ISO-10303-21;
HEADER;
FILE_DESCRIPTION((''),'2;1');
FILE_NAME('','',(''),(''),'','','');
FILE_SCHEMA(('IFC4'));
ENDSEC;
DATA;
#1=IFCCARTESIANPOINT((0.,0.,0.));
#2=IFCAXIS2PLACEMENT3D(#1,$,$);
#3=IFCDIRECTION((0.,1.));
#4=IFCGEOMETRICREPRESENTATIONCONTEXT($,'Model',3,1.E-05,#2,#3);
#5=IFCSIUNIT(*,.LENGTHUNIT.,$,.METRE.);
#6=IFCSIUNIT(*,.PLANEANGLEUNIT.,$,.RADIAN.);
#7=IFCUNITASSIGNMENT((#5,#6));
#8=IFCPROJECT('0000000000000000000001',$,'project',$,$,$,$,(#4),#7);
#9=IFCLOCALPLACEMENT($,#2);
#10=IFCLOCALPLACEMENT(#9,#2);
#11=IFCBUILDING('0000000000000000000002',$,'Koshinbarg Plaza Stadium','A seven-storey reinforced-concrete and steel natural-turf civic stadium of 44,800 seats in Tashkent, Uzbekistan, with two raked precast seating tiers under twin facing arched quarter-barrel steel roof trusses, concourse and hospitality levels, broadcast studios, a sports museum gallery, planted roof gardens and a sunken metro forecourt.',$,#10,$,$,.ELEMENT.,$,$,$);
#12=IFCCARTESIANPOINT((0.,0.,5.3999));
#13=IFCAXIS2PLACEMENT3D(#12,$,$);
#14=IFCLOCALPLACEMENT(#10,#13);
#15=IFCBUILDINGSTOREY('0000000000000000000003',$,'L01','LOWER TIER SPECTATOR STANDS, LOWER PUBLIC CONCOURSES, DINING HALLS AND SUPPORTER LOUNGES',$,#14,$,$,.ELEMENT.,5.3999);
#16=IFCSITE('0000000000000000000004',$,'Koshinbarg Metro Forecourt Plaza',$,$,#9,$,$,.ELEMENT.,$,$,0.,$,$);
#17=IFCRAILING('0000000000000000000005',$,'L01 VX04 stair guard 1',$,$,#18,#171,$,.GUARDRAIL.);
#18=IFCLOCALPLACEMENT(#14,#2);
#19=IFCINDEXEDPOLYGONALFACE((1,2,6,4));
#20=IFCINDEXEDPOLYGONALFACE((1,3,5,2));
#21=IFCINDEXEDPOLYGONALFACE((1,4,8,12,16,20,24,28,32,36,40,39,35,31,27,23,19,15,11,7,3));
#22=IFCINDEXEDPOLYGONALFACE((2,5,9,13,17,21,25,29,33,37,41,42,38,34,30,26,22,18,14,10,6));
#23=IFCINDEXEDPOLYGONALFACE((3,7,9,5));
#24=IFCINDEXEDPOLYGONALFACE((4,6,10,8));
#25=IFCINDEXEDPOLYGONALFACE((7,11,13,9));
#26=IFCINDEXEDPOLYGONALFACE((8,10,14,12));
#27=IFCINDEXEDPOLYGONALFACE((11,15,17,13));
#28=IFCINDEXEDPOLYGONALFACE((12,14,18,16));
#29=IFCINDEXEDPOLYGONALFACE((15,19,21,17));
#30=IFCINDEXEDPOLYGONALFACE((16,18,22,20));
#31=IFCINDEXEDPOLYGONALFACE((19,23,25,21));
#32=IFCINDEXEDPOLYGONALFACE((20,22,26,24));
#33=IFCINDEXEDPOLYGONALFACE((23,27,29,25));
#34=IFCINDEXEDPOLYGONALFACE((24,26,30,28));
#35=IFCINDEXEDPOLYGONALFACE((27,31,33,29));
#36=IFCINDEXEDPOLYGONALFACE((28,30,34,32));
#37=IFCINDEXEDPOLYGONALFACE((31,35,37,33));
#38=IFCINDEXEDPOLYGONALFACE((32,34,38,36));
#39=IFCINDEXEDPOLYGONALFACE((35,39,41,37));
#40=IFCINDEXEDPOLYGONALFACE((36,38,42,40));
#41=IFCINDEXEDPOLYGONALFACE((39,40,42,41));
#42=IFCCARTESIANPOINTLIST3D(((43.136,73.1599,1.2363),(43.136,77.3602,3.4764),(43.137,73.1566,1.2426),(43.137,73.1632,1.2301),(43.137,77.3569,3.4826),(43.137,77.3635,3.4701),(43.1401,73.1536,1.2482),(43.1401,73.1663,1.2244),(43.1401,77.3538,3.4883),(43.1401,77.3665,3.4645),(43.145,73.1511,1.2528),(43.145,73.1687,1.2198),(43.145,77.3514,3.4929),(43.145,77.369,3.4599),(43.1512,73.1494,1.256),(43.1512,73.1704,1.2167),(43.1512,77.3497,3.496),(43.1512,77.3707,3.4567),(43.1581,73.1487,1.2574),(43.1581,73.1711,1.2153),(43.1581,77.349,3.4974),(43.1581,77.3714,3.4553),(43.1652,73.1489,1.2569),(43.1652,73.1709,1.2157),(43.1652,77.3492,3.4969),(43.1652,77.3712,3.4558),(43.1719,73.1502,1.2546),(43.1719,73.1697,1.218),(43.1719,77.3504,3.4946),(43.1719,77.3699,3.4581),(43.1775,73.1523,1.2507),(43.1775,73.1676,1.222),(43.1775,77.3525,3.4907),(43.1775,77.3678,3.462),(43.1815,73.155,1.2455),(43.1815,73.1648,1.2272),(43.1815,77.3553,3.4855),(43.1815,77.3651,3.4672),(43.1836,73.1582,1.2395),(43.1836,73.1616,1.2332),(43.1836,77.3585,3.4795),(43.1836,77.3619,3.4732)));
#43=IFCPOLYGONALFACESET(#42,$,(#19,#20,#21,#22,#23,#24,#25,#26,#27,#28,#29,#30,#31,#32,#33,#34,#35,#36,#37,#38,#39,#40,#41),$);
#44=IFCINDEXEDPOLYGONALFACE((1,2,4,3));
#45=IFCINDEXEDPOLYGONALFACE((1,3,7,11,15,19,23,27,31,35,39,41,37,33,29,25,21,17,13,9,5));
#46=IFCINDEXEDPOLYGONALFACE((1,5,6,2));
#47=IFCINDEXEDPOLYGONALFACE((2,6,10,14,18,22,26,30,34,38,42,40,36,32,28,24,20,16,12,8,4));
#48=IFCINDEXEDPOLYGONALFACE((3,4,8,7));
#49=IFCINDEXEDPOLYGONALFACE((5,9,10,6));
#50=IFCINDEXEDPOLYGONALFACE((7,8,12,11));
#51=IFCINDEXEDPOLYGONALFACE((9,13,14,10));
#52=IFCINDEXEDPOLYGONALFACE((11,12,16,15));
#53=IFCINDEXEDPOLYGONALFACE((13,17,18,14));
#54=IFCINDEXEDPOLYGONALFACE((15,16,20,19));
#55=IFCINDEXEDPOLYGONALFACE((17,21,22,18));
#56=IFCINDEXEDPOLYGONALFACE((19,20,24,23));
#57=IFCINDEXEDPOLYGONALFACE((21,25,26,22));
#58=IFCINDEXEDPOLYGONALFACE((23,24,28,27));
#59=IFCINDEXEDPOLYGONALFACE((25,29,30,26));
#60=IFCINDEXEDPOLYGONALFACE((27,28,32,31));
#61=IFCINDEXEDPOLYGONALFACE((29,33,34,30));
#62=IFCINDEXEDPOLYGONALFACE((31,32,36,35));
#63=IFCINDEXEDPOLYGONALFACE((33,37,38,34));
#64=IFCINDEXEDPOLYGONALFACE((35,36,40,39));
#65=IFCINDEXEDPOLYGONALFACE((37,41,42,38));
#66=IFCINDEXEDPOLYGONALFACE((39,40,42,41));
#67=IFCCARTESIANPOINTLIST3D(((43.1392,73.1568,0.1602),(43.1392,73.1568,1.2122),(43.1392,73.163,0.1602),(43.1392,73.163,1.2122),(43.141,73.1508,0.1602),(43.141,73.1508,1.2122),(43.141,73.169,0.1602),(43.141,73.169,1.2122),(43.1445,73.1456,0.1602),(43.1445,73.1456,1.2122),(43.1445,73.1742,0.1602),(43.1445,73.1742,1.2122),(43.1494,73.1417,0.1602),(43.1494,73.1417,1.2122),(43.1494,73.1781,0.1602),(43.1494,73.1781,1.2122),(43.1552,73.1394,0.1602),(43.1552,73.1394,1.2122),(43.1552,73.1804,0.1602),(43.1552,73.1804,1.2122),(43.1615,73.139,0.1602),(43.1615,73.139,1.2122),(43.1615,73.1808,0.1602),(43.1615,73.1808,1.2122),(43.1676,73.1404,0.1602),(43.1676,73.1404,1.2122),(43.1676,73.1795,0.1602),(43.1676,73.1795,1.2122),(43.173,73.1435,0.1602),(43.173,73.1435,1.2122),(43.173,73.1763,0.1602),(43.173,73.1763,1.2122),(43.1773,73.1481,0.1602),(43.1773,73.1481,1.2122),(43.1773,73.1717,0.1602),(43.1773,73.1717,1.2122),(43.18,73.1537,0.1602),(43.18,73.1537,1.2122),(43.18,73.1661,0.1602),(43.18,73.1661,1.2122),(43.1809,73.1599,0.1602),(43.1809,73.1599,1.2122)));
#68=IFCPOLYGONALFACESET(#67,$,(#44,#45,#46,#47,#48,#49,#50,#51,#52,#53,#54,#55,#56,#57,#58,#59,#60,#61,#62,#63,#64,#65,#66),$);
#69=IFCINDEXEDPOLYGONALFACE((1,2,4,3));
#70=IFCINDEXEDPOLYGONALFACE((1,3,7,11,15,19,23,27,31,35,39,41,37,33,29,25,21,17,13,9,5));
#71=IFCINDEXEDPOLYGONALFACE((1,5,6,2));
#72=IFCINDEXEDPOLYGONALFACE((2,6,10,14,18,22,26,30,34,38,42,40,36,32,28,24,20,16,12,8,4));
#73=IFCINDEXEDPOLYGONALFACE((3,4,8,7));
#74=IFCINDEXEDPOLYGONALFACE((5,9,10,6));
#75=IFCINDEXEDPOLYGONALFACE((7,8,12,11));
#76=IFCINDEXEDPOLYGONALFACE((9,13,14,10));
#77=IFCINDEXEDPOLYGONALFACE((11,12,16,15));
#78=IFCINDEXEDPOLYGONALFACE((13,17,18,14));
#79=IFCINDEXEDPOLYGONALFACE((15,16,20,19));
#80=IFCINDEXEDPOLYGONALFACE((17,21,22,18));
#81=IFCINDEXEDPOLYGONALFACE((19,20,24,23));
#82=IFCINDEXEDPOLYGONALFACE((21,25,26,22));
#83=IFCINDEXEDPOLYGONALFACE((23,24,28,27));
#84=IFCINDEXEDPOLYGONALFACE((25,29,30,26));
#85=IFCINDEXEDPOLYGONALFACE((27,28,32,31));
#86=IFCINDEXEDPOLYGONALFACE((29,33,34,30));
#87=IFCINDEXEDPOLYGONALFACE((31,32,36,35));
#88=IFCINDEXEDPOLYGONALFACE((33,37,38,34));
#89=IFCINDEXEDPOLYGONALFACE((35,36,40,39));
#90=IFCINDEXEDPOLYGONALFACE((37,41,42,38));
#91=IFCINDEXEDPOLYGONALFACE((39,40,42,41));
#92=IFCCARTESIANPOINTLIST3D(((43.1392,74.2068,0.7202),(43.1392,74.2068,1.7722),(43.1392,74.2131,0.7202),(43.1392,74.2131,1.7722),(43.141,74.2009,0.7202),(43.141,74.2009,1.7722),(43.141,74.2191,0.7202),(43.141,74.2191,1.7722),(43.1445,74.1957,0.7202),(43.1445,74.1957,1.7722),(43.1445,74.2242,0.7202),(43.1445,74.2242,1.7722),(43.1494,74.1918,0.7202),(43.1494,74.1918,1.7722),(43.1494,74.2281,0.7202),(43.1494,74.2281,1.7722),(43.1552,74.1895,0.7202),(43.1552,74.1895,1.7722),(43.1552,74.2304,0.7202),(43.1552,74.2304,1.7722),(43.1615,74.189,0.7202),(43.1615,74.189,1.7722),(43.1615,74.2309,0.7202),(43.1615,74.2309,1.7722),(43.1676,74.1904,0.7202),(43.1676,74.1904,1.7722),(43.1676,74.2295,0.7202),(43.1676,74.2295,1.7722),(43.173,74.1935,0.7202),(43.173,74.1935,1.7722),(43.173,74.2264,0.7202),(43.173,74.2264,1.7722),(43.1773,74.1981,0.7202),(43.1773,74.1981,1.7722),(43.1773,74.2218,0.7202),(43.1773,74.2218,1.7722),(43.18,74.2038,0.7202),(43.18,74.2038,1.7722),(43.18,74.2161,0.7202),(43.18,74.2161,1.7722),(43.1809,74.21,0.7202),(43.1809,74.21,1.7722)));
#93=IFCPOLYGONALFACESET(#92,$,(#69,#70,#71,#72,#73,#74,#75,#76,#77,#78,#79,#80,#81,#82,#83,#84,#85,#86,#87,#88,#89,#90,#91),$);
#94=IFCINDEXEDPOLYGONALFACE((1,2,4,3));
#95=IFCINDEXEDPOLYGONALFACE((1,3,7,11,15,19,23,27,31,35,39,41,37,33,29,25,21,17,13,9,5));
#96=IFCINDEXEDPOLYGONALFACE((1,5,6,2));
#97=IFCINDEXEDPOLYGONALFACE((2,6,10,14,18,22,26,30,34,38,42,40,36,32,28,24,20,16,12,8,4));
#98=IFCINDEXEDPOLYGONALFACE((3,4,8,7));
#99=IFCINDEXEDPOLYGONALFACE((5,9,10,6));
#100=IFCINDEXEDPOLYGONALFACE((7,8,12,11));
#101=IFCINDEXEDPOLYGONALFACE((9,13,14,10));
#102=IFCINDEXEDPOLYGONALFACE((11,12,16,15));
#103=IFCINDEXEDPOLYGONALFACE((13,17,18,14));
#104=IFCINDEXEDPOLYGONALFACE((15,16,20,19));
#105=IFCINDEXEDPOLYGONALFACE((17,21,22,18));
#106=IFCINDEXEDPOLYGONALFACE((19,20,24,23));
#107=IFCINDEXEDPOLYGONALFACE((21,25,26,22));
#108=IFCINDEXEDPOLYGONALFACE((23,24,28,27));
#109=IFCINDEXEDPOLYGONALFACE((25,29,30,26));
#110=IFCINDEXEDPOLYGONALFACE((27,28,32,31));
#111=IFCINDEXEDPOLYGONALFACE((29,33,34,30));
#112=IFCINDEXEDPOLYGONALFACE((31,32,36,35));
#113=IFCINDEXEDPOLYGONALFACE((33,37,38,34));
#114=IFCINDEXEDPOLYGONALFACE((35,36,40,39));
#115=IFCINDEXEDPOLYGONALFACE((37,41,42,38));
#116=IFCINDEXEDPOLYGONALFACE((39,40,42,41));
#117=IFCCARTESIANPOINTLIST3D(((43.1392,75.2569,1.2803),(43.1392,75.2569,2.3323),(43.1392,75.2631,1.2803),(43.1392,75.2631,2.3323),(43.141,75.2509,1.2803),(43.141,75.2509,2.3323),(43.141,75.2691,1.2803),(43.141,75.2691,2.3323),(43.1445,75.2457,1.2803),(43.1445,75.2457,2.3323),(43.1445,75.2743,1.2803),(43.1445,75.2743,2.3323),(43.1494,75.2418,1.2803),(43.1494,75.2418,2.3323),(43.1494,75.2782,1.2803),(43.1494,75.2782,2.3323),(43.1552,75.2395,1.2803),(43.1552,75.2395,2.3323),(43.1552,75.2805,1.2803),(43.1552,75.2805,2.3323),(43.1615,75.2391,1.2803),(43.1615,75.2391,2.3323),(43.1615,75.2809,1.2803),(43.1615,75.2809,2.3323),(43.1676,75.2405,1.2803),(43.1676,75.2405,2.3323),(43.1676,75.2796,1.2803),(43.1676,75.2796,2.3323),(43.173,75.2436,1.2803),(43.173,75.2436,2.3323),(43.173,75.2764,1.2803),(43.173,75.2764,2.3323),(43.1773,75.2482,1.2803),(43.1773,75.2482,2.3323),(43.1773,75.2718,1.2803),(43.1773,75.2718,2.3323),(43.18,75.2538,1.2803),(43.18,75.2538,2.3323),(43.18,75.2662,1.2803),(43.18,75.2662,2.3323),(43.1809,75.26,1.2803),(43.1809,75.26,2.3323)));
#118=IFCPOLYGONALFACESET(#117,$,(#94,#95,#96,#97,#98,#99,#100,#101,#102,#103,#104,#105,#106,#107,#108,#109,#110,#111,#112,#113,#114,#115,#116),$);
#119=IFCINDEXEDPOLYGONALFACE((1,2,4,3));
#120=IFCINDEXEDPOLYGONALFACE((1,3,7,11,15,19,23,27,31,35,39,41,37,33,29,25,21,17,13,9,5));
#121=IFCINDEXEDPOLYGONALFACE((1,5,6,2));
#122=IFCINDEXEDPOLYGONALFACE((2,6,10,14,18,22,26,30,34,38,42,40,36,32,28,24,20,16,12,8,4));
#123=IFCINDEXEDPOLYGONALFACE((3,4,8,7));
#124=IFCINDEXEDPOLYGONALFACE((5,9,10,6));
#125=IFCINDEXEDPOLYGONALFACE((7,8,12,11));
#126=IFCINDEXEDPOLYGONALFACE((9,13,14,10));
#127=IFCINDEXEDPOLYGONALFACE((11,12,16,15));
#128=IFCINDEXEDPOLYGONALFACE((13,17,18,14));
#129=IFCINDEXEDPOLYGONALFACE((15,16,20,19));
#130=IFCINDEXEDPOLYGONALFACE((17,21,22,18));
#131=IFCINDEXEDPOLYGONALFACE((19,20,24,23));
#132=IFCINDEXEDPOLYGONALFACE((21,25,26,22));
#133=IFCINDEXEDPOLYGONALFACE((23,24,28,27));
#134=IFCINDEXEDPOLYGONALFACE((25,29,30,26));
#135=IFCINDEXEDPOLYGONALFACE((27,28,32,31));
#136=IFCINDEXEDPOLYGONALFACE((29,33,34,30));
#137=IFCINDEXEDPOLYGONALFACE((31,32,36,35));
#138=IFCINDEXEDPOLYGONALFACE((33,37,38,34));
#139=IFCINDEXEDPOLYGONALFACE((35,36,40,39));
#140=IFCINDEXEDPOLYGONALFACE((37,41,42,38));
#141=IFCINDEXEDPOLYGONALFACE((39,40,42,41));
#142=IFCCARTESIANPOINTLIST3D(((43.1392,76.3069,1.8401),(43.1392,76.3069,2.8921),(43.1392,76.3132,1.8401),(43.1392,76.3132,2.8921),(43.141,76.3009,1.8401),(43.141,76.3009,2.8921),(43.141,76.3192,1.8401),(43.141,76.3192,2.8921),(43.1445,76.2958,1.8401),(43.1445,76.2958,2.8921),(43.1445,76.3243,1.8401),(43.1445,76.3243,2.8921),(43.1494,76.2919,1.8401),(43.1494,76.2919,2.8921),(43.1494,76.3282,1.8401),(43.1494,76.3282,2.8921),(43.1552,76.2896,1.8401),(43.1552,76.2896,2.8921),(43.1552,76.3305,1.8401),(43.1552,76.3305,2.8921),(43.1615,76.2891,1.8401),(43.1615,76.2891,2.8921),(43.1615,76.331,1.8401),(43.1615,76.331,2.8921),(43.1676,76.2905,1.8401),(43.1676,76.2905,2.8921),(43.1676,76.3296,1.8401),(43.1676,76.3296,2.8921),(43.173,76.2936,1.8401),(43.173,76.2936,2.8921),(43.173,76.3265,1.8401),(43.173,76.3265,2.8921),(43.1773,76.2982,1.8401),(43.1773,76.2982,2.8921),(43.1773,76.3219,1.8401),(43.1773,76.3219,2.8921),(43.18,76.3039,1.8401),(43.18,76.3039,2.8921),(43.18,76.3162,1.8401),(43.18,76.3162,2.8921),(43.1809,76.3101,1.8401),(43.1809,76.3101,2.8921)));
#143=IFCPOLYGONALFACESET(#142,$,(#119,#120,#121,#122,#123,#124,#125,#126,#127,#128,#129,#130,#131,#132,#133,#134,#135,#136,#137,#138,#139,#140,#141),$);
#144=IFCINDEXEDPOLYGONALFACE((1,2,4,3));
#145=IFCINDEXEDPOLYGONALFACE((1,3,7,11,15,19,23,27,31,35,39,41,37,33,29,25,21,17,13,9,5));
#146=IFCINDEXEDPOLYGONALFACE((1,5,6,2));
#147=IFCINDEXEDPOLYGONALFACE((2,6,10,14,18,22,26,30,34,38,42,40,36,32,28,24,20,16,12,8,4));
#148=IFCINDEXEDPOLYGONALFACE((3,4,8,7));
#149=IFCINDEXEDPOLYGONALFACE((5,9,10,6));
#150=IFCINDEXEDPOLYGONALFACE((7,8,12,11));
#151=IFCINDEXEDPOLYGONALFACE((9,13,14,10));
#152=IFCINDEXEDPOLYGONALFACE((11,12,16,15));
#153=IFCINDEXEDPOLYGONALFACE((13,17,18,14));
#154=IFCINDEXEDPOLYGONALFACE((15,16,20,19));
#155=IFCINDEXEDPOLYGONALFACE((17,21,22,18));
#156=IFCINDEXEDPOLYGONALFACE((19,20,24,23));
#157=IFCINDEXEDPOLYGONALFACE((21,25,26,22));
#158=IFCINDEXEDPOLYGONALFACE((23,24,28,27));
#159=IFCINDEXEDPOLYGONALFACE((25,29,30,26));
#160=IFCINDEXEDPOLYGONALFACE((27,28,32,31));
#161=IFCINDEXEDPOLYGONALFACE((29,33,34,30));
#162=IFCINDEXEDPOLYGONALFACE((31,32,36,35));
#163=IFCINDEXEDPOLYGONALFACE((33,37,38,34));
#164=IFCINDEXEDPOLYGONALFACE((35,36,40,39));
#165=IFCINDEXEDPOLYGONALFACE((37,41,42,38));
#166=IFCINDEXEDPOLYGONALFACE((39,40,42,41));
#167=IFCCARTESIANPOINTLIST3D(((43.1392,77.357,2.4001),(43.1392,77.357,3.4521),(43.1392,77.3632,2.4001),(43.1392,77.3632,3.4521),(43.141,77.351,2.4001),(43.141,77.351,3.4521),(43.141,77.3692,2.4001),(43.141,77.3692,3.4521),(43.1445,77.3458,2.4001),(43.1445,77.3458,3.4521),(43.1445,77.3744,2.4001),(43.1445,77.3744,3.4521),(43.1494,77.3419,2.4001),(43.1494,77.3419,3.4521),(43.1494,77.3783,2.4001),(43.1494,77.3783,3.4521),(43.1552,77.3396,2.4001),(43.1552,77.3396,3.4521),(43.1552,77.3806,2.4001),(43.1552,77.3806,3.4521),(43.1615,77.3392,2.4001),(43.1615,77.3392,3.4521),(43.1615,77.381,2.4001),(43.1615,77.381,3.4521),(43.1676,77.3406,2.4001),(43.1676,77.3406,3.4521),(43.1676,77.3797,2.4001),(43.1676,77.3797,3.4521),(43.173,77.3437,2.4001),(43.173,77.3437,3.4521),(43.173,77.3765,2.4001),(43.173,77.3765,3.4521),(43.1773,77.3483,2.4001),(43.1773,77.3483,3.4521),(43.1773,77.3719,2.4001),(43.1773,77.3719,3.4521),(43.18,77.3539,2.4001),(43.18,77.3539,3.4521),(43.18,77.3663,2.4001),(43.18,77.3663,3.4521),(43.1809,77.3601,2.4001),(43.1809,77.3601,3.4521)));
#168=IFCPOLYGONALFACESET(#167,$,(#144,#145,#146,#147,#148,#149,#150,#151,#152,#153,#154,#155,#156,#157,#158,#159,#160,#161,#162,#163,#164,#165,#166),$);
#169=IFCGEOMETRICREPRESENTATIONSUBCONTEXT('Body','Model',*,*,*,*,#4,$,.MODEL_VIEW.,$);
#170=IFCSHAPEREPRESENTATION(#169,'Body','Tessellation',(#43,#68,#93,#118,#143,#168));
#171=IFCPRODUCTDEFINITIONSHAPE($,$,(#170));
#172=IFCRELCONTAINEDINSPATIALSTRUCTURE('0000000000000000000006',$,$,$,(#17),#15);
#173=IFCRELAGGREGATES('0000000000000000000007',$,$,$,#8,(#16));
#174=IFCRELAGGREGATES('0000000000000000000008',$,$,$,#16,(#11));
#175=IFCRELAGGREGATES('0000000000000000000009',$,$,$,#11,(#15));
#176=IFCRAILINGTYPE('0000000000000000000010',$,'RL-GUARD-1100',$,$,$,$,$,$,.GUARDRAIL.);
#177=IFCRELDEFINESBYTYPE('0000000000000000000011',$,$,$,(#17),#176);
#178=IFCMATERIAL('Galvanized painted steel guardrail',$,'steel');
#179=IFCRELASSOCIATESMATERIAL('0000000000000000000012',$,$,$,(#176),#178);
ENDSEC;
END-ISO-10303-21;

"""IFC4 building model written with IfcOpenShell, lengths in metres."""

from ifc_helpers import new_model, si_unit, direction, frame, origin, origin_2d, place, context, subcontext, project, spatial, circle, extrude, material, type_object, element, save


model = new_model("IFC4")

# Units and contexts
model_context = context("Model", 3, precision=1e-05, world=origin(), true_north=direction((0.0, 1.0)))
body_context = subcontext(model_context, "Body", "Model", "MODEL_VIEW")
ifc_project = project(units=[si_unit("LENGTHUNIT", "METRE"), si_unit("PLANEANGLEUNIT", "RADIAN")], contexts=[model_context])

# Site, building, storey
site_placement = place(None, origin())
site = spatial("IfcSite", under=ifc_project, at=site_placement, Name="Koshinbarg Metro Forecourt Plaza", CompositionType="ELEMENT", RefElevation=0.0)
building_placement = place(site_placement, origin())
building = spatial("IfcBuilding", under=site, at=building_placement, Name="Koshinbarg Plaza Stadium", Description="A seven-storey reinforced-concrete and steel natural-turf civic stadium of 44,800 seats in Tashkent, Uzbekistan, with two raked precast seating tiers under twin facing arched quarter-barrel steel roof trusses, concourse and hospitality levels, broadcast studios, a sports museum gallery, planted roof gardens and a sunken metro forecourt.", CompositionType="ELEMENT")
storey_placement = place(building_placement, frame((0.0, 0.0, 5.3999)))
storey = spatial("IfcBuildingStorey", under=building, at=storey_placement, Name="L01", Description="LOWER TIER SPECTATOR STANDS, LOWER PUBLIC CONCOURSES, DINING HALLS AND SUPPORTER LOUNGES", CompositionType="ELEMENT", Elevation=5.3999)

# Railing
ifc_material_1 = material(Name="Galvanized painted steel guardrail", Category="steel")
railing_type_1 = type_object("IfcRailingType", Name="RL-GUARD-1100", PredefinedType="GUARDRAIL", material=ifc_material_1)
railing_1_placement = place(storey_placement, frame((43.1599, 73.1599, 0.1602)))
element("IfcRailing", 1, at=railing_1_placement, inside=storey, type_object=railing_type_1, Name="L01 VX04 stair guard 1", PredefinedType="GUARDRAIL", context=body_context, shape_type="SweptSolid", body=[
    extrude(circle(Radius=0.0239, at=origin_2d()), frame((0.0, 0.0, 1.0762), z_axis=(0.0, 0.882363, 0.47057), x_axis=(-1.0, 0.0, 0.0)), (0.0, 0.0, 1.0), 4.7603),
    extrude(circle(Radius=0.021, at=origin_2d()), origin(), (0.0, 0.0, 1.0), 1.052),
    extrude(circle(Radius=0.021, at=origin_2d()), frame((0.0, 1.05, 0.5601)), (0.0, 0.0, 1.0), 1.052),
    extrude(circle(Radius=0.021, at=origin_2d()), frame((0.0, 2.1001, 1.1201)), (0.0, 0.0, 1.0), 1.052),
    extrude(circle(Radius=0.021, at=origin_2d()), frame((0.0, 3.1501, 1.6799)), (0.0, 0.0, 1.0), 1.052),
    extrude(circle(Radius=0.021, at=origin_2d()), frame((0.0, 4.2002, 2.24)), (0.0, 0.0, 1.0), 1.052),
])

save(model, "model.ifc")
